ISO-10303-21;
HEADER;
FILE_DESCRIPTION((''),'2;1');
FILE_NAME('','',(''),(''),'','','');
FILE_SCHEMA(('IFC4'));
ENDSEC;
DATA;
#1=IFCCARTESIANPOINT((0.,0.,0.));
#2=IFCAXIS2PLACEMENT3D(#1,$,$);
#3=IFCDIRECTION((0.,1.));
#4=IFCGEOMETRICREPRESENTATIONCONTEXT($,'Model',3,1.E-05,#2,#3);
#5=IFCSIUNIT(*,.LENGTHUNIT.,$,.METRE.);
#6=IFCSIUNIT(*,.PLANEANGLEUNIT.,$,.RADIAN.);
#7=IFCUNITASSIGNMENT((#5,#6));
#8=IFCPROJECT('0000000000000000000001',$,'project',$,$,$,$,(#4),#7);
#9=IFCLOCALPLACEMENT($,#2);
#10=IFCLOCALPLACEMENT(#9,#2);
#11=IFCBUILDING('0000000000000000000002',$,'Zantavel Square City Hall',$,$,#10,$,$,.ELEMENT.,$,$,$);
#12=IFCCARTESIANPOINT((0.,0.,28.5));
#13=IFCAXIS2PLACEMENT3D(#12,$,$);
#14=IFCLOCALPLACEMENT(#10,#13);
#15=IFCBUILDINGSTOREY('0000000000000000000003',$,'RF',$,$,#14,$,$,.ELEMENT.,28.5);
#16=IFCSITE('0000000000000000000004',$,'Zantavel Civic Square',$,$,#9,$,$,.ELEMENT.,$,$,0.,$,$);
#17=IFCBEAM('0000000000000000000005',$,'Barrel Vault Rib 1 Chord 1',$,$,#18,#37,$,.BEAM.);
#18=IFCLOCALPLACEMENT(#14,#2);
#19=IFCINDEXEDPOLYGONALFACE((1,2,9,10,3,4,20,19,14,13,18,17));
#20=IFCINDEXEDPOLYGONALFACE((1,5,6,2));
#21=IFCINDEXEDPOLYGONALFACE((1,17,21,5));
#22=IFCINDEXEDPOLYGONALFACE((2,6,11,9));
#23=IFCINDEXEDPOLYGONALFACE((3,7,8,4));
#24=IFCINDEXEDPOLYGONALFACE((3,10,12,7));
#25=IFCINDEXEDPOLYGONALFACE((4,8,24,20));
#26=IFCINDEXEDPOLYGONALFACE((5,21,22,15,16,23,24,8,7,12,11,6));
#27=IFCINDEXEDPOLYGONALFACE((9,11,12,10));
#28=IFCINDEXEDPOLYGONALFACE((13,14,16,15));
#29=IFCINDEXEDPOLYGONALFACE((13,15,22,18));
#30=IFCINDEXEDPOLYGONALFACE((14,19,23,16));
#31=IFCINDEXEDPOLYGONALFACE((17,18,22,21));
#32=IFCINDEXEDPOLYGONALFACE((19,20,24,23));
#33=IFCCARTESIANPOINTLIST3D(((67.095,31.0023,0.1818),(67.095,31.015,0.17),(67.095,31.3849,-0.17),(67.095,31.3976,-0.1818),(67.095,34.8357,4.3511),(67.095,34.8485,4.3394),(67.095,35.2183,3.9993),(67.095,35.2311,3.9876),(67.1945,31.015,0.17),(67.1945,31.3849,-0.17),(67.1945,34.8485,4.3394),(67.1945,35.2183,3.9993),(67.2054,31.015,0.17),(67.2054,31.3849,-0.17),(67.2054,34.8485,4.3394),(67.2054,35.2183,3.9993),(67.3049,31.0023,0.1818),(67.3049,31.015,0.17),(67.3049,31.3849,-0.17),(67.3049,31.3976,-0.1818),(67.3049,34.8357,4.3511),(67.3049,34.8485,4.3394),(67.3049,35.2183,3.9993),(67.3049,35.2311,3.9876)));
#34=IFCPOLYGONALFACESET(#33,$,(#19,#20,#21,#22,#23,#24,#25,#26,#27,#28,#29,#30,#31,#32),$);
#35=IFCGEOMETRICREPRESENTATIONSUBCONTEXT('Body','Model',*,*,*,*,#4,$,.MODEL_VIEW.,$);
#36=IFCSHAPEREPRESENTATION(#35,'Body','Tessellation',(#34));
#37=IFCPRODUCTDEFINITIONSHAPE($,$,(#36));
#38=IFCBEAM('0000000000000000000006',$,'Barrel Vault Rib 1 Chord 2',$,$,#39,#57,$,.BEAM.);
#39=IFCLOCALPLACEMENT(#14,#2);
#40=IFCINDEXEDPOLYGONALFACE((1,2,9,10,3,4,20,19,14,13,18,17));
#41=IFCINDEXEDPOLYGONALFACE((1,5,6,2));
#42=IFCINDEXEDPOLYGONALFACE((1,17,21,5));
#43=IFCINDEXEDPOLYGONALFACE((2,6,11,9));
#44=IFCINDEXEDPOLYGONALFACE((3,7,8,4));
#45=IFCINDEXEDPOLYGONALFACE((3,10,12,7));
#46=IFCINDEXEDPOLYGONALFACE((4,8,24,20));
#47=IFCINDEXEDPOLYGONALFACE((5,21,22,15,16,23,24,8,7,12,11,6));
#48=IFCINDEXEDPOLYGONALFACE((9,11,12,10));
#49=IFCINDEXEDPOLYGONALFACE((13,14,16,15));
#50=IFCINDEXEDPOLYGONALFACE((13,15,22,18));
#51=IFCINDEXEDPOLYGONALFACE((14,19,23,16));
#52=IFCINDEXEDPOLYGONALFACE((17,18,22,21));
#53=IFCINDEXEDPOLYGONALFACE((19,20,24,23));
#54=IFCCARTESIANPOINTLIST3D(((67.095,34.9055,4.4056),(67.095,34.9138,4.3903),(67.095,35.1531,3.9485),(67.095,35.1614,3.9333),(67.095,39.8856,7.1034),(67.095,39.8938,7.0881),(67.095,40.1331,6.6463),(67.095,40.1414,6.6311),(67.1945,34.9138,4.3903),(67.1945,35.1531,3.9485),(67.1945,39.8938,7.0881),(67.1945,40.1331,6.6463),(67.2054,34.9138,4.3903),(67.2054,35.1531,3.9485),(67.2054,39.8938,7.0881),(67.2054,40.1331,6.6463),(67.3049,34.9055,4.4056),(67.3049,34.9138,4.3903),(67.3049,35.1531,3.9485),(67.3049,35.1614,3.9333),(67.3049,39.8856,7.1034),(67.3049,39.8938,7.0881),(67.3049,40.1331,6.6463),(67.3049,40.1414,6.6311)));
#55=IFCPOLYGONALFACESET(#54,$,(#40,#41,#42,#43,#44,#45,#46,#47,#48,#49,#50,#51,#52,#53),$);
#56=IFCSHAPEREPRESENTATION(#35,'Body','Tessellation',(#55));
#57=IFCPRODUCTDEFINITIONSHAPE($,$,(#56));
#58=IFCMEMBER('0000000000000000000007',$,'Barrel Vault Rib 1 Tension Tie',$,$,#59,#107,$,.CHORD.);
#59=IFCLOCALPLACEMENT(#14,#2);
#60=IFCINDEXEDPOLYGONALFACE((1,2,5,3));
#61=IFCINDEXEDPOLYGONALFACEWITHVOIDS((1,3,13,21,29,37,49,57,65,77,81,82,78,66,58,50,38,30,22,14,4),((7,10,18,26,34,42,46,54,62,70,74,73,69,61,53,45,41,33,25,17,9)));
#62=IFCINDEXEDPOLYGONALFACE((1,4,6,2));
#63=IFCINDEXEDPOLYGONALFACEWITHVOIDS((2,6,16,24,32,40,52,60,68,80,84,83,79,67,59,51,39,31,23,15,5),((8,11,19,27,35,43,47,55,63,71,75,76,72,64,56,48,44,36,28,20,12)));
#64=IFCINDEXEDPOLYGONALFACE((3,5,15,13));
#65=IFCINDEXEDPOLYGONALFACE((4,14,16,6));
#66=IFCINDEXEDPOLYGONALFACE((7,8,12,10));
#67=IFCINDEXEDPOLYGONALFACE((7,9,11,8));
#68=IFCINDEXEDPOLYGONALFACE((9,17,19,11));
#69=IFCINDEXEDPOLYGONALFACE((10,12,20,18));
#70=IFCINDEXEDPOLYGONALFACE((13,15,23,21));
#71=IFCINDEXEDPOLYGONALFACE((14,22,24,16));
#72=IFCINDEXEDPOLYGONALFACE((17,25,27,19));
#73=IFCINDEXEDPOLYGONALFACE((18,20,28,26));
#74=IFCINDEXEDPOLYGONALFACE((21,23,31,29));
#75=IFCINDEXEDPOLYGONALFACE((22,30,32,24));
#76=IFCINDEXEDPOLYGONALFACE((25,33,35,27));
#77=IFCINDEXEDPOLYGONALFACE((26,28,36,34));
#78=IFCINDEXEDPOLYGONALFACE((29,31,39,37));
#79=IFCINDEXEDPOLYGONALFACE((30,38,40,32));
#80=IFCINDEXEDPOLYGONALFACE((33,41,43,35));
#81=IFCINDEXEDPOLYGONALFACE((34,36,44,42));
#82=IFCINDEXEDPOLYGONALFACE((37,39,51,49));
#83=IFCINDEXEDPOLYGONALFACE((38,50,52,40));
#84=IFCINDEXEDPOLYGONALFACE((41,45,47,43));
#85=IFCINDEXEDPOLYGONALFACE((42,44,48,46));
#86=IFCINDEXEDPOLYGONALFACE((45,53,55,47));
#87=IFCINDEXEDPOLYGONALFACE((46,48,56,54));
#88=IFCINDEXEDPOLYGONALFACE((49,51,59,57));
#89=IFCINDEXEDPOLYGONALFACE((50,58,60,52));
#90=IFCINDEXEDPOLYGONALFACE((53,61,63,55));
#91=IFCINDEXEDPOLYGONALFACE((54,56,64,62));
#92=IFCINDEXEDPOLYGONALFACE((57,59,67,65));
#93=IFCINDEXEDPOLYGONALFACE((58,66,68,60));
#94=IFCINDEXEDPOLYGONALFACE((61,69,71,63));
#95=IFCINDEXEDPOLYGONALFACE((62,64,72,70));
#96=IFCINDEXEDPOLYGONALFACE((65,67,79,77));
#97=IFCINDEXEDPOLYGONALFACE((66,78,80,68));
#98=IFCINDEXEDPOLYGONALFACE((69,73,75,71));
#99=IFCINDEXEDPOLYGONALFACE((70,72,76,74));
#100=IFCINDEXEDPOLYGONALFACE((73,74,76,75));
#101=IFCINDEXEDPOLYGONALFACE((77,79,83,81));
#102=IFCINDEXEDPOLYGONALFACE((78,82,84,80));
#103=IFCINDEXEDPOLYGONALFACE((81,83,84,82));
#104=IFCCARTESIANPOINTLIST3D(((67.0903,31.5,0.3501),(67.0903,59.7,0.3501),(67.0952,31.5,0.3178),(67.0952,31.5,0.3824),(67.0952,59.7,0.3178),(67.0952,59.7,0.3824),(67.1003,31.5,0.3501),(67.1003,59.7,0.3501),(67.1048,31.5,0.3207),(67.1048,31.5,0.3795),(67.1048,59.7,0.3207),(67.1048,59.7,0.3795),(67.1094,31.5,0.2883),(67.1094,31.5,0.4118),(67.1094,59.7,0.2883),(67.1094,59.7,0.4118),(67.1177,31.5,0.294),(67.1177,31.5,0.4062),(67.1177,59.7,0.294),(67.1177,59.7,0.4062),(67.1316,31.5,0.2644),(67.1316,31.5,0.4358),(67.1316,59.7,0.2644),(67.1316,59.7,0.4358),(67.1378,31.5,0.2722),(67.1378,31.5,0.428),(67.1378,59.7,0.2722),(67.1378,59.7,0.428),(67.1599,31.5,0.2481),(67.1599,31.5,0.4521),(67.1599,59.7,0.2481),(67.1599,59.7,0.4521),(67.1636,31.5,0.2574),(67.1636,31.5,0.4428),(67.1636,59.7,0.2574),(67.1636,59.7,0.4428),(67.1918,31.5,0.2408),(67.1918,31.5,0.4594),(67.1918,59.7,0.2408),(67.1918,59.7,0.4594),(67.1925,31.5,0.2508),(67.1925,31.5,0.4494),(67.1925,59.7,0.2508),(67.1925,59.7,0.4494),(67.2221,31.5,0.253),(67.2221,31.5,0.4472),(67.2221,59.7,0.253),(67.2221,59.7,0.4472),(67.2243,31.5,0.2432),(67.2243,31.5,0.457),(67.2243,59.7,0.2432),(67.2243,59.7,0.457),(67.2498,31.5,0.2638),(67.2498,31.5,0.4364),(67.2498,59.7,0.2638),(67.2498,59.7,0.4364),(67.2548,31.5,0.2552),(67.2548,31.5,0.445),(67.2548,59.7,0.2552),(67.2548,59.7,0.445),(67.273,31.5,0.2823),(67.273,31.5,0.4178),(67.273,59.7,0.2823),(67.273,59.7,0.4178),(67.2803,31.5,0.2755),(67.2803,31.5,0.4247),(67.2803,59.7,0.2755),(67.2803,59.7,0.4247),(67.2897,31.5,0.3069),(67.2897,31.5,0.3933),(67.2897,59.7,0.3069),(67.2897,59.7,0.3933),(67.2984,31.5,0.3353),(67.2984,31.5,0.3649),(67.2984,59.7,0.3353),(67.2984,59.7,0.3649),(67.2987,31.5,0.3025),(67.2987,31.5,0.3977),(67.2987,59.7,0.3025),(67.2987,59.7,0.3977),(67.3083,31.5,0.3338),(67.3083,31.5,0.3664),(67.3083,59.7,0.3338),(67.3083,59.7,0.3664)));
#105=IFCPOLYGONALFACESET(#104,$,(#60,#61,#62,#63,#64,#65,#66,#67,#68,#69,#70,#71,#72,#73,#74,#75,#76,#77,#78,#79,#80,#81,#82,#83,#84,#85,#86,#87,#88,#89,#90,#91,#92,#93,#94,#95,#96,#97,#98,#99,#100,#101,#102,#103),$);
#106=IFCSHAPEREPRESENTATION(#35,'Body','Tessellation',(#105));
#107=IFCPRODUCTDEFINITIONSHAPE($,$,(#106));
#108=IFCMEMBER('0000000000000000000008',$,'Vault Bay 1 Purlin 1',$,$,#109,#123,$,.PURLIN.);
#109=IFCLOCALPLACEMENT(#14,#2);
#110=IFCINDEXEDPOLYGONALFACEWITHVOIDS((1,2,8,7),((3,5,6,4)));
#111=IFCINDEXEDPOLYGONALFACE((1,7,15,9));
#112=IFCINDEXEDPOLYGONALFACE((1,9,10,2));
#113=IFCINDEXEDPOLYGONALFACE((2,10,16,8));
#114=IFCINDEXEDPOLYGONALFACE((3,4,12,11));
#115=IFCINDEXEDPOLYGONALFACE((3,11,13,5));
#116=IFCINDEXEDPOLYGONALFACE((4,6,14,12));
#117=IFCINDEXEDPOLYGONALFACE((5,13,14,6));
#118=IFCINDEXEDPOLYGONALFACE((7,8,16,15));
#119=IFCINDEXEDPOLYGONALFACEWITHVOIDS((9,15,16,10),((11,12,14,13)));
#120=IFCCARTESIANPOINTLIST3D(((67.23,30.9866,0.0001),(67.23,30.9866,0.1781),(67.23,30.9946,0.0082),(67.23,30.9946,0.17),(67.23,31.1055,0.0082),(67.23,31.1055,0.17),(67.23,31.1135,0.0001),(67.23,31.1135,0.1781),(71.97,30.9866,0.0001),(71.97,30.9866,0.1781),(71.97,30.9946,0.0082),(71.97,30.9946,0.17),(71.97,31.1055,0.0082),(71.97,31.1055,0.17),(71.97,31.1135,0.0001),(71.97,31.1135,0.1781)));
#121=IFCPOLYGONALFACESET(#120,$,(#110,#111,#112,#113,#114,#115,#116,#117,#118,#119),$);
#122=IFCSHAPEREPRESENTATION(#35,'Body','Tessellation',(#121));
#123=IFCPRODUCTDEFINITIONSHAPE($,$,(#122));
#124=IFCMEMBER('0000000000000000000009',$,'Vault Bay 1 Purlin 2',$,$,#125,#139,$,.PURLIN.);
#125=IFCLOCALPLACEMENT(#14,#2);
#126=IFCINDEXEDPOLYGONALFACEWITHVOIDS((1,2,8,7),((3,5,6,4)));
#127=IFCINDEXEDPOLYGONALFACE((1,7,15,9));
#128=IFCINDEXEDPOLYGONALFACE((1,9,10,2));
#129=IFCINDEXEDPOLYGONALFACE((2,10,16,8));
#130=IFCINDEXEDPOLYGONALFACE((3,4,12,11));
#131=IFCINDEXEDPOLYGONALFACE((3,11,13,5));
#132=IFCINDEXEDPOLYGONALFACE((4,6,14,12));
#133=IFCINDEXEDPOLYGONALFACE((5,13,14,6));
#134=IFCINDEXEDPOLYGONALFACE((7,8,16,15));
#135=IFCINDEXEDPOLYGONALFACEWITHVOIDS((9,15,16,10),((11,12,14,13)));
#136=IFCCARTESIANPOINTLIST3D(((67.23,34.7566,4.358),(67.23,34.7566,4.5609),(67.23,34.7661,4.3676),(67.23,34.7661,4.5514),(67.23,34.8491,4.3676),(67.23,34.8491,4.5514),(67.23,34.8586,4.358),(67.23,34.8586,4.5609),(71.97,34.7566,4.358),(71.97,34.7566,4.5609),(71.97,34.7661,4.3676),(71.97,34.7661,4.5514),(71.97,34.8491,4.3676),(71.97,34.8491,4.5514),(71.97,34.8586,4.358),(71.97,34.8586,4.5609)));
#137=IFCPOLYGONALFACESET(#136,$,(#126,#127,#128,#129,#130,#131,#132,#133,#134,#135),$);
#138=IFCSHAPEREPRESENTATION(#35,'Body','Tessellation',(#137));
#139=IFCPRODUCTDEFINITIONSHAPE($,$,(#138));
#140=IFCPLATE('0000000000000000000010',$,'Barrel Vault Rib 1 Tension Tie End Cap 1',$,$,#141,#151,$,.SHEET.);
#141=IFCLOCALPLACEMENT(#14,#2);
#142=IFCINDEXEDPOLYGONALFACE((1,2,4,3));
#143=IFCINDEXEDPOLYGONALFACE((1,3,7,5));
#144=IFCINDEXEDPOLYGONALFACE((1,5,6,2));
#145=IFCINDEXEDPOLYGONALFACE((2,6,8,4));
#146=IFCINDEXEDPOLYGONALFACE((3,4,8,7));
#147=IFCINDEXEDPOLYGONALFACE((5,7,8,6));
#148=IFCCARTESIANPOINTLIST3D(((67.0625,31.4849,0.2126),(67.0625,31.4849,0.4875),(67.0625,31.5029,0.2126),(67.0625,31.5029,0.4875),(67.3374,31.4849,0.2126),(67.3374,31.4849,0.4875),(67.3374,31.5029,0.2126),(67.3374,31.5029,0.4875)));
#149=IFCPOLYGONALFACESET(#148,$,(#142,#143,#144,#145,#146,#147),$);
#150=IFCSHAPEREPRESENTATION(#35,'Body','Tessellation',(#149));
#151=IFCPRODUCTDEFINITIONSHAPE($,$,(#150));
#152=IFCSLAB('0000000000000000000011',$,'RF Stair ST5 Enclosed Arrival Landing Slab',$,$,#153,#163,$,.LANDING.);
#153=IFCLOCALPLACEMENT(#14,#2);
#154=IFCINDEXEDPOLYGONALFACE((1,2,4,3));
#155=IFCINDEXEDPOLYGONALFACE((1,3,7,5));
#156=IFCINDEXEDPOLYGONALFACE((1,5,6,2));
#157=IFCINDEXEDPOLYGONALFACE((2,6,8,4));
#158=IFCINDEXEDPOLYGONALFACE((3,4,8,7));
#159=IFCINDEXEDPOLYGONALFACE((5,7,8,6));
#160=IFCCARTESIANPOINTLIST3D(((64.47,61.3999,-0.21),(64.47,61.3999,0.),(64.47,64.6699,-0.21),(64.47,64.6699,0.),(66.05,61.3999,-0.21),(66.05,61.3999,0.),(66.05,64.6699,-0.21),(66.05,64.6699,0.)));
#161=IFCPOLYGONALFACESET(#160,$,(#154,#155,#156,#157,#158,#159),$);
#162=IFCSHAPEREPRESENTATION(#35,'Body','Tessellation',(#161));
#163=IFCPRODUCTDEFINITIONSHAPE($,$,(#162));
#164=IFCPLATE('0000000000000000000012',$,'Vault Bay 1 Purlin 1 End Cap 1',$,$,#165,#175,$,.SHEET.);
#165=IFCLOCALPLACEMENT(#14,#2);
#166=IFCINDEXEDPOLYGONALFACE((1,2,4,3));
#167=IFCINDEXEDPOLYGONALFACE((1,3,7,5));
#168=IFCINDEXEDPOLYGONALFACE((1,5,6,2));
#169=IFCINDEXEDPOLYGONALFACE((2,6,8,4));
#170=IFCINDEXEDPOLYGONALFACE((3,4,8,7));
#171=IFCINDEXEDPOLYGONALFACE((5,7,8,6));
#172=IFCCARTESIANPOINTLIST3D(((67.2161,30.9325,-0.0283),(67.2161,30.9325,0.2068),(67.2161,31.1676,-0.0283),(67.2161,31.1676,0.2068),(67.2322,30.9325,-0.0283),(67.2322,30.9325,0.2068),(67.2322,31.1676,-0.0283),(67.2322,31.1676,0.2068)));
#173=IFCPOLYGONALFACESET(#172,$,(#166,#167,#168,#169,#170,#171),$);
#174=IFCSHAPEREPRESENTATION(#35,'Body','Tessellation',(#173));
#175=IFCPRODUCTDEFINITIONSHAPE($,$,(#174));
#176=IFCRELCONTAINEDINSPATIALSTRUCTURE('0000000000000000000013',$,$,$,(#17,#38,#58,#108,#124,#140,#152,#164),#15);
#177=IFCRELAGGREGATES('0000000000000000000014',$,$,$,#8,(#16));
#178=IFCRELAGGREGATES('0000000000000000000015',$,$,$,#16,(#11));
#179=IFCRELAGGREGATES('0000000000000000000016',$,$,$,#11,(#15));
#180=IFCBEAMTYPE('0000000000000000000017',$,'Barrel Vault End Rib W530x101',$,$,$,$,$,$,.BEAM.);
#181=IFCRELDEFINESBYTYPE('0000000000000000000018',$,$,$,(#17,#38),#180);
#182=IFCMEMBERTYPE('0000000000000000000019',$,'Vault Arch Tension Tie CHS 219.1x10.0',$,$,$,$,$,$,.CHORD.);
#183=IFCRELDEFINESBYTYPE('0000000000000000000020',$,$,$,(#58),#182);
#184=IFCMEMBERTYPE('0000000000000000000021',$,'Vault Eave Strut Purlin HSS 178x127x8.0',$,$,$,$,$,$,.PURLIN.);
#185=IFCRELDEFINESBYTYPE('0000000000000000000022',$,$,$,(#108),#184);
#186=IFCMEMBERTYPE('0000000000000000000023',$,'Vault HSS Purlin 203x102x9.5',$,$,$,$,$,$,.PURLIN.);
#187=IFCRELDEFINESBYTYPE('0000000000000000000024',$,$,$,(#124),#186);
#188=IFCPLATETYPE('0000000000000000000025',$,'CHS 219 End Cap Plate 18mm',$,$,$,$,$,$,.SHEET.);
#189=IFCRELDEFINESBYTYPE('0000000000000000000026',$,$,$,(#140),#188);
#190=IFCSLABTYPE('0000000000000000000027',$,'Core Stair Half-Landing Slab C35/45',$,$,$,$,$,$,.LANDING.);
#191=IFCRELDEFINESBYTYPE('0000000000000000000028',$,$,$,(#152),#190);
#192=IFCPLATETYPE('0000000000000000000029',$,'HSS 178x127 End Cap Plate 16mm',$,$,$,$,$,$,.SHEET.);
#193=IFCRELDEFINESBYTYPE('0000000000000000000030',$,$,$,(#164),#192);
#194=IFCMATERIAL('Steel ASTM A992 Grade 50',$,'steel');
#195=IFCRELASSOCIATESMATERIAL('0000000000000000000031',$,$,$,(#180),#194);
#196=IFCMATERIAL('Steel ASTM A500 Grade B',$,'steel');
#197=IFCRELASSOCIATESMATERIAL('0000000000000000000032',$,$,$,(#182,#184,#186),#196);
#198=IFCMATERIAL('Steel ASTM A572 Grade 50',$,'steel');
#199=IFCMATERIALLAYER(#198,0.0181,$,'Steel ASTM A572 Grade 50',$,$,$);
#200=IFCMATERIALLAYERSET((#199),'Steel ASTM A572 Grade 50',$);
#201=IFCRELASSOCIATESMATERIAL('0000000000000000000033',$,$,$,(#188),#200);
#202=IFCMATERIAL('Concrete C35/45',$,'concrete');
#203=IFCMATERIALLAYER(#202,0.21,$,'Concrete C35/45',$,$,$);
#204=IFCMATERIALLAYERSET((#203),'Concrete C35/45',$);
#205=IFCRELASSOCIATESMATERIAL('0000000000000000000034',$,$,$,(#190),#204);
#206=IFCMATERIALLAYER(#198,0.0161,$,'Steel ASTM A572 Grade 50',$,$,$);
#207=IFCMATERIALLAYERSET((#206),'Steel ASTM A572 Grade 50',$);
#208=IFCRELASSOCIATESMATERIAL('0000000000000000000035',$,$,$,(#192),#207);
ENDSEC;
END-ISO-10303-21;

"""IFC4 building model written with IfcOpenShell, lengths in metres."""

from ifc_helpers import new_model, si_unit, direction, frame, origin, origin_2d, place, context, subcontext, project, spatial, polyline, rectangle, hollow_rectangle, hollow_circle, i_section, outline, extrude, material, layer, layer_set, material_profile, profile_set, type_object, element, save


model = new_model("IFC4")

# Units and contexts
model_context = context("Model", 3, precision=1e-05, world=origin(), true_north=direction((0.0, 1.0)))
body_context = subcontext(model_context, "Body", "Model", "MODEL_VIEW")
ifc_project = project(units=[si_unit("LENGTHUNIT", "METRE"), si_unit("PLANEANGLEUNIT", "RADIAN")], contexts=[model_context])

# Site, building, storey
site_placement = place(None, origin())
site = spatial("IfcSite", under=ifc_project, at=site_placement, Name="Zantavel Civic Square", CompositionType="ELEMENT", RefElevation=0.0)
building_placement = place(site_placement, origin())
building = spatial("IfcBuilding", under=site, at=building_placement, Name="Zantavel Square City Hall", CompositionType="ELEMENT")
storey_placement = place(building_placement, frame((0.0, 0.0, 28.5)))
storey = spatial("IfcBuildingStorey", under=building, at=storey_placement, Name="RF", CompositionType="ELEMENT", Elevation=28.5)

# Beams
ifc_material_1 = material(Name="Steel ASTM A992 Grade 50", Category="steel")
ifc_material_profile_1 = material_profile(ifc_material_1, i_section(OverallWidth=0.21, OverallDepth=0.5371, WebThickness=0.011, FlangeThickness=0.0173, at=origin_2d()), Name="W530x101")
ifc_profile_set_1 = profile_set([ifc_material_profile_1], Name="Steel ASTM A992 Grade 50")
beam_type = type_object("IfcBeamType", Name="Barrel Vault End Rib W530x101", PredefinedType="BEAM", material=ifc_profile_set_1)
for number, where, z_axis, x_axis, name in (
    (1, (67.2, 31.2, 0.0), (0.0, 0.676829, 0.736141), (-1.0, 0.0, 0.0), "Barrel Vault Rib 1 Chord 1"),
    (2, (67.2, 35.0334, 4.1694), (0.0, 0.879272, 0.476319), (-1.0, 0.0, 0.0), "Barrel Vault Rib 1 Chord 2"),
):
    element("IfcBeam", number, at=place(storey_placement, frame(where, z_axis=z_axis, x_axis=x_axis)), inside=storey, type_object=beam_type, Name=name, PredefinedType="BEAM", context=body_context, shape_type="SweptSolid", body=[
        extrude(i_section(OverallWidth=0.21, OverallDepth=0.5371, WebThickness=0.011, FlangeThickness=0.0173, at=origin_2d()), origin(), (0.0, 0.0, 1.0), 5.6638),
    ])

# Members
ifc_material_2 = material(Name="Steel ASTM A500 Grade B", Category="steel")
ifc_material_profile_2 = material_profile(ifc_material_2, hollow_circle(Radius=0.1096, WallThickness=0.01, at=origin_2d()), Name="CHS 219.1x10.0")
ifc_profile_set_2 = profile_set([ifc_material_profile_2], Name="Steel ASTM A500 Grade B")
member_type_1 = type_object("IfcMemberType", Name="Vault Arch Tension Tie CHS 219.1x10.0", PredefinedType="CHORD", material=ifc_profile_set_2)
member_1_placement = place(storey_placement, frame((67.2, 31.5, 0.3501), z_axis=(0.0, 1.0, 0.0), x_axis=(-1.0, 0.0, 0.0)))
element("IfcMember", 3, at=member_1_placement, inside=storey, type_object=member_type_1, Name="Barrel Vault Rib 1 Tension Tie", PredefinedType="CHORD", context=body_context, shape_type="SweptSolid", body=[
    extrude(hollow_circle(Radius=0.1096, WallThickness=0.01, at=origin_2d()), origin(), (0.0, 0.0, 1.0), 28.2),
])
ifc_material_profile_3 = material_profile(ifc_material_2, hollow_rectangle(XDim=0.127, YDim=0.178, WallThickness=0.0081, at=origin_2d()), Name="HSS 178x127x8.0")
ifc_profile_set_3 = profile_set([ifc_material_profile_3], Name="Steel ASTM A500 Grade B")
member_type_2 = type_object("IfcMemberType", Name="Vault Eave Strut Purlin HSS 178x127x8.0", PredefinedType="PURLIN", material=ifc_profile_set_3)
member_2_placement = place(storey_placement, frame((67.23, 31.05, 0.0891), z_axis=(1.0, 0.0, 0.0), x_axis=(0.0, 1.0, 0.0)))
element("IfcMember", 4, at=member_2_placement, inside=storey, type_object=member_type_2, Name="Vault Bay 1 Purlin 1", PredefinedType="PURLIN", context=body_context, shape_type="SweptSolid", body=[
    extrude(hollow_rectangle(XDim=0.127, YDim=0.178, WallThickness=0.0081, at=origin_2d()), origin(), (0.0, 0.0, 1.0), 4.74),
])
ifc_material_profile_4 = material_profile(ifc_material_2, hollow_rectangle(XDim=0.1021, YDim=0.2029, WallThickness=0.0095, at=origin_2d()), Name="HSS 203x102x9.5")
ifc_profile_set_4 = profile_set([ifc_material_profile_4], Name="Steel ASTM A500 Grade B")
member_type_3 = type_object("IfcMemberType", Name="Vault HSS Purlin 203x102x9.5", PredefinedType="PURLIN", material=ifc_profile_set_4)
member_3_placement = place(storey_placement, frame((67.23, 34.8076, 4.4595), z_axis=(1.0, 0.0, 0.0), x_axis=(0.0, 1.0, 0.0)))
element("IfcMember", 5, at=member_3_placement, inside=storey, type_object=member_type_3, Name="Vault Bay 1 Purlin 2", PredefinedType="PURLIN", context=body_context, shape_type="SweptSolid", body=[
    extrude(hollow_rectangle(XDim=0.1021, YDim=0.2029, WallThickness=0.0095, at=origin_2d()), origin(), (0.0, 0.0, 1.0), 4.74),
])

# Plate
ifc_material_3 = material(Name="Steel ASTM A572 Grade 50", Category="steel")
ifc_layer_1 = layer(ifc_material_3, 0.0181, Name="Steel ASTM A572 Grade 50")
ifc_layer_set_1 = layer_set([ifc_layer_1], Name="Steel ASTM A572 Grade 50")
plate_type_1 = type_object("IfcPlateType", Name="CHS 219 End Cap Plate 18mm", PredefinedType="SHEET", material=ifc_layer_set_1)
plate_1_placement = place(storey_placement, frame((67.2, 31.4939, 0.2126), z_axis=(0.0, 0.0, 1.0), x_axis=(0.0, 1.0, 0.0)))
element("IfcPlate", 6, at=plate_1_placement, inside=storey, type_object=plate_type_1, Name="Barrel Vault Rib 1 Tension Tie End Cap 1", PredefinedType="SHEET", context=body_context, shape_type="SweptSolid", body=[
    extrude(rectangle(XDim=0.0181, YDim=0.2749, at=origin_2d()), origin(), (0.0, 0.0, 1.0), 0.2749),
])

# Slab
ifc_material_4 = material(Name="Concrete C35/45", Category="concrete")
ifc_layer_2 = layer(ifc_material_4, 0.21, Name="Concrete C35/45")
ifc_layer_set_2 = layer_set([ifc_layer_2], Name="Concrete C35/45")
slab_type_1 = type_object("IfcSlabType", Name="Core Stair Half-Landing Slab C35/45", PredefinedType="LANDING", material=ifc_layer_set_2)
slab_1_placement = place(storey_placement, frame((0.0, 0.0, -0.21)))
element("IfcSlab", 7, at=slab_1_placement, inside=storey, type_object=slab_type_1, Name="RF Stair ST5 Enclosed Arrival Landing Slab", PredefinedType="LANDING", context=body_context, shape_type="SweptSolid", body=[
    extrude(outline(polyline([(64.47, 61.3999), (66.05, 61.3999), (66.05, 64.6699), (64.47, 64.6699), (64.47, 61.3999)])), origin(), (0.0, 0.0, 1.0), 0.21),
])

# Plate
ifc_layer_3 = layer(ifc_material_3, 0.0161, Name="Steel ASTM A572 Grade 50")
ifc_layer_set_3 = layer_set([ifc_layer_3], Name="Steel ASTM A572 Grade 50")
plate_type_2 = type_object("IfcPlateType", Name="HSS 178x127 End Cap Plate 16mm", PredefinedType="SHEET", material=ifc_layer_set_3)
plate_2_placement = place(storey_placement, frame((67.2241, 31.05, -0.0283), z_axis=(0.0, 0.0, 1.0), x_axis=(1.0, 0.0, 0.0)))
element("IfcPlate", 8, at=plate_2_placement, inside=storey, type_object=plate_type_2, Name="Vault Bay 1 Purlin 1 End Cap 1", PredefinedType="SHEET", context=body_context, shape_type="SweptSolid", body=[
    extrude(rectangle(XDim=0.0161, YDim=0.2351, at=origin_2d()), origin(), (0.0, 0.0, 1.0), 0.2351),
])

save(model, "model.ifc")
